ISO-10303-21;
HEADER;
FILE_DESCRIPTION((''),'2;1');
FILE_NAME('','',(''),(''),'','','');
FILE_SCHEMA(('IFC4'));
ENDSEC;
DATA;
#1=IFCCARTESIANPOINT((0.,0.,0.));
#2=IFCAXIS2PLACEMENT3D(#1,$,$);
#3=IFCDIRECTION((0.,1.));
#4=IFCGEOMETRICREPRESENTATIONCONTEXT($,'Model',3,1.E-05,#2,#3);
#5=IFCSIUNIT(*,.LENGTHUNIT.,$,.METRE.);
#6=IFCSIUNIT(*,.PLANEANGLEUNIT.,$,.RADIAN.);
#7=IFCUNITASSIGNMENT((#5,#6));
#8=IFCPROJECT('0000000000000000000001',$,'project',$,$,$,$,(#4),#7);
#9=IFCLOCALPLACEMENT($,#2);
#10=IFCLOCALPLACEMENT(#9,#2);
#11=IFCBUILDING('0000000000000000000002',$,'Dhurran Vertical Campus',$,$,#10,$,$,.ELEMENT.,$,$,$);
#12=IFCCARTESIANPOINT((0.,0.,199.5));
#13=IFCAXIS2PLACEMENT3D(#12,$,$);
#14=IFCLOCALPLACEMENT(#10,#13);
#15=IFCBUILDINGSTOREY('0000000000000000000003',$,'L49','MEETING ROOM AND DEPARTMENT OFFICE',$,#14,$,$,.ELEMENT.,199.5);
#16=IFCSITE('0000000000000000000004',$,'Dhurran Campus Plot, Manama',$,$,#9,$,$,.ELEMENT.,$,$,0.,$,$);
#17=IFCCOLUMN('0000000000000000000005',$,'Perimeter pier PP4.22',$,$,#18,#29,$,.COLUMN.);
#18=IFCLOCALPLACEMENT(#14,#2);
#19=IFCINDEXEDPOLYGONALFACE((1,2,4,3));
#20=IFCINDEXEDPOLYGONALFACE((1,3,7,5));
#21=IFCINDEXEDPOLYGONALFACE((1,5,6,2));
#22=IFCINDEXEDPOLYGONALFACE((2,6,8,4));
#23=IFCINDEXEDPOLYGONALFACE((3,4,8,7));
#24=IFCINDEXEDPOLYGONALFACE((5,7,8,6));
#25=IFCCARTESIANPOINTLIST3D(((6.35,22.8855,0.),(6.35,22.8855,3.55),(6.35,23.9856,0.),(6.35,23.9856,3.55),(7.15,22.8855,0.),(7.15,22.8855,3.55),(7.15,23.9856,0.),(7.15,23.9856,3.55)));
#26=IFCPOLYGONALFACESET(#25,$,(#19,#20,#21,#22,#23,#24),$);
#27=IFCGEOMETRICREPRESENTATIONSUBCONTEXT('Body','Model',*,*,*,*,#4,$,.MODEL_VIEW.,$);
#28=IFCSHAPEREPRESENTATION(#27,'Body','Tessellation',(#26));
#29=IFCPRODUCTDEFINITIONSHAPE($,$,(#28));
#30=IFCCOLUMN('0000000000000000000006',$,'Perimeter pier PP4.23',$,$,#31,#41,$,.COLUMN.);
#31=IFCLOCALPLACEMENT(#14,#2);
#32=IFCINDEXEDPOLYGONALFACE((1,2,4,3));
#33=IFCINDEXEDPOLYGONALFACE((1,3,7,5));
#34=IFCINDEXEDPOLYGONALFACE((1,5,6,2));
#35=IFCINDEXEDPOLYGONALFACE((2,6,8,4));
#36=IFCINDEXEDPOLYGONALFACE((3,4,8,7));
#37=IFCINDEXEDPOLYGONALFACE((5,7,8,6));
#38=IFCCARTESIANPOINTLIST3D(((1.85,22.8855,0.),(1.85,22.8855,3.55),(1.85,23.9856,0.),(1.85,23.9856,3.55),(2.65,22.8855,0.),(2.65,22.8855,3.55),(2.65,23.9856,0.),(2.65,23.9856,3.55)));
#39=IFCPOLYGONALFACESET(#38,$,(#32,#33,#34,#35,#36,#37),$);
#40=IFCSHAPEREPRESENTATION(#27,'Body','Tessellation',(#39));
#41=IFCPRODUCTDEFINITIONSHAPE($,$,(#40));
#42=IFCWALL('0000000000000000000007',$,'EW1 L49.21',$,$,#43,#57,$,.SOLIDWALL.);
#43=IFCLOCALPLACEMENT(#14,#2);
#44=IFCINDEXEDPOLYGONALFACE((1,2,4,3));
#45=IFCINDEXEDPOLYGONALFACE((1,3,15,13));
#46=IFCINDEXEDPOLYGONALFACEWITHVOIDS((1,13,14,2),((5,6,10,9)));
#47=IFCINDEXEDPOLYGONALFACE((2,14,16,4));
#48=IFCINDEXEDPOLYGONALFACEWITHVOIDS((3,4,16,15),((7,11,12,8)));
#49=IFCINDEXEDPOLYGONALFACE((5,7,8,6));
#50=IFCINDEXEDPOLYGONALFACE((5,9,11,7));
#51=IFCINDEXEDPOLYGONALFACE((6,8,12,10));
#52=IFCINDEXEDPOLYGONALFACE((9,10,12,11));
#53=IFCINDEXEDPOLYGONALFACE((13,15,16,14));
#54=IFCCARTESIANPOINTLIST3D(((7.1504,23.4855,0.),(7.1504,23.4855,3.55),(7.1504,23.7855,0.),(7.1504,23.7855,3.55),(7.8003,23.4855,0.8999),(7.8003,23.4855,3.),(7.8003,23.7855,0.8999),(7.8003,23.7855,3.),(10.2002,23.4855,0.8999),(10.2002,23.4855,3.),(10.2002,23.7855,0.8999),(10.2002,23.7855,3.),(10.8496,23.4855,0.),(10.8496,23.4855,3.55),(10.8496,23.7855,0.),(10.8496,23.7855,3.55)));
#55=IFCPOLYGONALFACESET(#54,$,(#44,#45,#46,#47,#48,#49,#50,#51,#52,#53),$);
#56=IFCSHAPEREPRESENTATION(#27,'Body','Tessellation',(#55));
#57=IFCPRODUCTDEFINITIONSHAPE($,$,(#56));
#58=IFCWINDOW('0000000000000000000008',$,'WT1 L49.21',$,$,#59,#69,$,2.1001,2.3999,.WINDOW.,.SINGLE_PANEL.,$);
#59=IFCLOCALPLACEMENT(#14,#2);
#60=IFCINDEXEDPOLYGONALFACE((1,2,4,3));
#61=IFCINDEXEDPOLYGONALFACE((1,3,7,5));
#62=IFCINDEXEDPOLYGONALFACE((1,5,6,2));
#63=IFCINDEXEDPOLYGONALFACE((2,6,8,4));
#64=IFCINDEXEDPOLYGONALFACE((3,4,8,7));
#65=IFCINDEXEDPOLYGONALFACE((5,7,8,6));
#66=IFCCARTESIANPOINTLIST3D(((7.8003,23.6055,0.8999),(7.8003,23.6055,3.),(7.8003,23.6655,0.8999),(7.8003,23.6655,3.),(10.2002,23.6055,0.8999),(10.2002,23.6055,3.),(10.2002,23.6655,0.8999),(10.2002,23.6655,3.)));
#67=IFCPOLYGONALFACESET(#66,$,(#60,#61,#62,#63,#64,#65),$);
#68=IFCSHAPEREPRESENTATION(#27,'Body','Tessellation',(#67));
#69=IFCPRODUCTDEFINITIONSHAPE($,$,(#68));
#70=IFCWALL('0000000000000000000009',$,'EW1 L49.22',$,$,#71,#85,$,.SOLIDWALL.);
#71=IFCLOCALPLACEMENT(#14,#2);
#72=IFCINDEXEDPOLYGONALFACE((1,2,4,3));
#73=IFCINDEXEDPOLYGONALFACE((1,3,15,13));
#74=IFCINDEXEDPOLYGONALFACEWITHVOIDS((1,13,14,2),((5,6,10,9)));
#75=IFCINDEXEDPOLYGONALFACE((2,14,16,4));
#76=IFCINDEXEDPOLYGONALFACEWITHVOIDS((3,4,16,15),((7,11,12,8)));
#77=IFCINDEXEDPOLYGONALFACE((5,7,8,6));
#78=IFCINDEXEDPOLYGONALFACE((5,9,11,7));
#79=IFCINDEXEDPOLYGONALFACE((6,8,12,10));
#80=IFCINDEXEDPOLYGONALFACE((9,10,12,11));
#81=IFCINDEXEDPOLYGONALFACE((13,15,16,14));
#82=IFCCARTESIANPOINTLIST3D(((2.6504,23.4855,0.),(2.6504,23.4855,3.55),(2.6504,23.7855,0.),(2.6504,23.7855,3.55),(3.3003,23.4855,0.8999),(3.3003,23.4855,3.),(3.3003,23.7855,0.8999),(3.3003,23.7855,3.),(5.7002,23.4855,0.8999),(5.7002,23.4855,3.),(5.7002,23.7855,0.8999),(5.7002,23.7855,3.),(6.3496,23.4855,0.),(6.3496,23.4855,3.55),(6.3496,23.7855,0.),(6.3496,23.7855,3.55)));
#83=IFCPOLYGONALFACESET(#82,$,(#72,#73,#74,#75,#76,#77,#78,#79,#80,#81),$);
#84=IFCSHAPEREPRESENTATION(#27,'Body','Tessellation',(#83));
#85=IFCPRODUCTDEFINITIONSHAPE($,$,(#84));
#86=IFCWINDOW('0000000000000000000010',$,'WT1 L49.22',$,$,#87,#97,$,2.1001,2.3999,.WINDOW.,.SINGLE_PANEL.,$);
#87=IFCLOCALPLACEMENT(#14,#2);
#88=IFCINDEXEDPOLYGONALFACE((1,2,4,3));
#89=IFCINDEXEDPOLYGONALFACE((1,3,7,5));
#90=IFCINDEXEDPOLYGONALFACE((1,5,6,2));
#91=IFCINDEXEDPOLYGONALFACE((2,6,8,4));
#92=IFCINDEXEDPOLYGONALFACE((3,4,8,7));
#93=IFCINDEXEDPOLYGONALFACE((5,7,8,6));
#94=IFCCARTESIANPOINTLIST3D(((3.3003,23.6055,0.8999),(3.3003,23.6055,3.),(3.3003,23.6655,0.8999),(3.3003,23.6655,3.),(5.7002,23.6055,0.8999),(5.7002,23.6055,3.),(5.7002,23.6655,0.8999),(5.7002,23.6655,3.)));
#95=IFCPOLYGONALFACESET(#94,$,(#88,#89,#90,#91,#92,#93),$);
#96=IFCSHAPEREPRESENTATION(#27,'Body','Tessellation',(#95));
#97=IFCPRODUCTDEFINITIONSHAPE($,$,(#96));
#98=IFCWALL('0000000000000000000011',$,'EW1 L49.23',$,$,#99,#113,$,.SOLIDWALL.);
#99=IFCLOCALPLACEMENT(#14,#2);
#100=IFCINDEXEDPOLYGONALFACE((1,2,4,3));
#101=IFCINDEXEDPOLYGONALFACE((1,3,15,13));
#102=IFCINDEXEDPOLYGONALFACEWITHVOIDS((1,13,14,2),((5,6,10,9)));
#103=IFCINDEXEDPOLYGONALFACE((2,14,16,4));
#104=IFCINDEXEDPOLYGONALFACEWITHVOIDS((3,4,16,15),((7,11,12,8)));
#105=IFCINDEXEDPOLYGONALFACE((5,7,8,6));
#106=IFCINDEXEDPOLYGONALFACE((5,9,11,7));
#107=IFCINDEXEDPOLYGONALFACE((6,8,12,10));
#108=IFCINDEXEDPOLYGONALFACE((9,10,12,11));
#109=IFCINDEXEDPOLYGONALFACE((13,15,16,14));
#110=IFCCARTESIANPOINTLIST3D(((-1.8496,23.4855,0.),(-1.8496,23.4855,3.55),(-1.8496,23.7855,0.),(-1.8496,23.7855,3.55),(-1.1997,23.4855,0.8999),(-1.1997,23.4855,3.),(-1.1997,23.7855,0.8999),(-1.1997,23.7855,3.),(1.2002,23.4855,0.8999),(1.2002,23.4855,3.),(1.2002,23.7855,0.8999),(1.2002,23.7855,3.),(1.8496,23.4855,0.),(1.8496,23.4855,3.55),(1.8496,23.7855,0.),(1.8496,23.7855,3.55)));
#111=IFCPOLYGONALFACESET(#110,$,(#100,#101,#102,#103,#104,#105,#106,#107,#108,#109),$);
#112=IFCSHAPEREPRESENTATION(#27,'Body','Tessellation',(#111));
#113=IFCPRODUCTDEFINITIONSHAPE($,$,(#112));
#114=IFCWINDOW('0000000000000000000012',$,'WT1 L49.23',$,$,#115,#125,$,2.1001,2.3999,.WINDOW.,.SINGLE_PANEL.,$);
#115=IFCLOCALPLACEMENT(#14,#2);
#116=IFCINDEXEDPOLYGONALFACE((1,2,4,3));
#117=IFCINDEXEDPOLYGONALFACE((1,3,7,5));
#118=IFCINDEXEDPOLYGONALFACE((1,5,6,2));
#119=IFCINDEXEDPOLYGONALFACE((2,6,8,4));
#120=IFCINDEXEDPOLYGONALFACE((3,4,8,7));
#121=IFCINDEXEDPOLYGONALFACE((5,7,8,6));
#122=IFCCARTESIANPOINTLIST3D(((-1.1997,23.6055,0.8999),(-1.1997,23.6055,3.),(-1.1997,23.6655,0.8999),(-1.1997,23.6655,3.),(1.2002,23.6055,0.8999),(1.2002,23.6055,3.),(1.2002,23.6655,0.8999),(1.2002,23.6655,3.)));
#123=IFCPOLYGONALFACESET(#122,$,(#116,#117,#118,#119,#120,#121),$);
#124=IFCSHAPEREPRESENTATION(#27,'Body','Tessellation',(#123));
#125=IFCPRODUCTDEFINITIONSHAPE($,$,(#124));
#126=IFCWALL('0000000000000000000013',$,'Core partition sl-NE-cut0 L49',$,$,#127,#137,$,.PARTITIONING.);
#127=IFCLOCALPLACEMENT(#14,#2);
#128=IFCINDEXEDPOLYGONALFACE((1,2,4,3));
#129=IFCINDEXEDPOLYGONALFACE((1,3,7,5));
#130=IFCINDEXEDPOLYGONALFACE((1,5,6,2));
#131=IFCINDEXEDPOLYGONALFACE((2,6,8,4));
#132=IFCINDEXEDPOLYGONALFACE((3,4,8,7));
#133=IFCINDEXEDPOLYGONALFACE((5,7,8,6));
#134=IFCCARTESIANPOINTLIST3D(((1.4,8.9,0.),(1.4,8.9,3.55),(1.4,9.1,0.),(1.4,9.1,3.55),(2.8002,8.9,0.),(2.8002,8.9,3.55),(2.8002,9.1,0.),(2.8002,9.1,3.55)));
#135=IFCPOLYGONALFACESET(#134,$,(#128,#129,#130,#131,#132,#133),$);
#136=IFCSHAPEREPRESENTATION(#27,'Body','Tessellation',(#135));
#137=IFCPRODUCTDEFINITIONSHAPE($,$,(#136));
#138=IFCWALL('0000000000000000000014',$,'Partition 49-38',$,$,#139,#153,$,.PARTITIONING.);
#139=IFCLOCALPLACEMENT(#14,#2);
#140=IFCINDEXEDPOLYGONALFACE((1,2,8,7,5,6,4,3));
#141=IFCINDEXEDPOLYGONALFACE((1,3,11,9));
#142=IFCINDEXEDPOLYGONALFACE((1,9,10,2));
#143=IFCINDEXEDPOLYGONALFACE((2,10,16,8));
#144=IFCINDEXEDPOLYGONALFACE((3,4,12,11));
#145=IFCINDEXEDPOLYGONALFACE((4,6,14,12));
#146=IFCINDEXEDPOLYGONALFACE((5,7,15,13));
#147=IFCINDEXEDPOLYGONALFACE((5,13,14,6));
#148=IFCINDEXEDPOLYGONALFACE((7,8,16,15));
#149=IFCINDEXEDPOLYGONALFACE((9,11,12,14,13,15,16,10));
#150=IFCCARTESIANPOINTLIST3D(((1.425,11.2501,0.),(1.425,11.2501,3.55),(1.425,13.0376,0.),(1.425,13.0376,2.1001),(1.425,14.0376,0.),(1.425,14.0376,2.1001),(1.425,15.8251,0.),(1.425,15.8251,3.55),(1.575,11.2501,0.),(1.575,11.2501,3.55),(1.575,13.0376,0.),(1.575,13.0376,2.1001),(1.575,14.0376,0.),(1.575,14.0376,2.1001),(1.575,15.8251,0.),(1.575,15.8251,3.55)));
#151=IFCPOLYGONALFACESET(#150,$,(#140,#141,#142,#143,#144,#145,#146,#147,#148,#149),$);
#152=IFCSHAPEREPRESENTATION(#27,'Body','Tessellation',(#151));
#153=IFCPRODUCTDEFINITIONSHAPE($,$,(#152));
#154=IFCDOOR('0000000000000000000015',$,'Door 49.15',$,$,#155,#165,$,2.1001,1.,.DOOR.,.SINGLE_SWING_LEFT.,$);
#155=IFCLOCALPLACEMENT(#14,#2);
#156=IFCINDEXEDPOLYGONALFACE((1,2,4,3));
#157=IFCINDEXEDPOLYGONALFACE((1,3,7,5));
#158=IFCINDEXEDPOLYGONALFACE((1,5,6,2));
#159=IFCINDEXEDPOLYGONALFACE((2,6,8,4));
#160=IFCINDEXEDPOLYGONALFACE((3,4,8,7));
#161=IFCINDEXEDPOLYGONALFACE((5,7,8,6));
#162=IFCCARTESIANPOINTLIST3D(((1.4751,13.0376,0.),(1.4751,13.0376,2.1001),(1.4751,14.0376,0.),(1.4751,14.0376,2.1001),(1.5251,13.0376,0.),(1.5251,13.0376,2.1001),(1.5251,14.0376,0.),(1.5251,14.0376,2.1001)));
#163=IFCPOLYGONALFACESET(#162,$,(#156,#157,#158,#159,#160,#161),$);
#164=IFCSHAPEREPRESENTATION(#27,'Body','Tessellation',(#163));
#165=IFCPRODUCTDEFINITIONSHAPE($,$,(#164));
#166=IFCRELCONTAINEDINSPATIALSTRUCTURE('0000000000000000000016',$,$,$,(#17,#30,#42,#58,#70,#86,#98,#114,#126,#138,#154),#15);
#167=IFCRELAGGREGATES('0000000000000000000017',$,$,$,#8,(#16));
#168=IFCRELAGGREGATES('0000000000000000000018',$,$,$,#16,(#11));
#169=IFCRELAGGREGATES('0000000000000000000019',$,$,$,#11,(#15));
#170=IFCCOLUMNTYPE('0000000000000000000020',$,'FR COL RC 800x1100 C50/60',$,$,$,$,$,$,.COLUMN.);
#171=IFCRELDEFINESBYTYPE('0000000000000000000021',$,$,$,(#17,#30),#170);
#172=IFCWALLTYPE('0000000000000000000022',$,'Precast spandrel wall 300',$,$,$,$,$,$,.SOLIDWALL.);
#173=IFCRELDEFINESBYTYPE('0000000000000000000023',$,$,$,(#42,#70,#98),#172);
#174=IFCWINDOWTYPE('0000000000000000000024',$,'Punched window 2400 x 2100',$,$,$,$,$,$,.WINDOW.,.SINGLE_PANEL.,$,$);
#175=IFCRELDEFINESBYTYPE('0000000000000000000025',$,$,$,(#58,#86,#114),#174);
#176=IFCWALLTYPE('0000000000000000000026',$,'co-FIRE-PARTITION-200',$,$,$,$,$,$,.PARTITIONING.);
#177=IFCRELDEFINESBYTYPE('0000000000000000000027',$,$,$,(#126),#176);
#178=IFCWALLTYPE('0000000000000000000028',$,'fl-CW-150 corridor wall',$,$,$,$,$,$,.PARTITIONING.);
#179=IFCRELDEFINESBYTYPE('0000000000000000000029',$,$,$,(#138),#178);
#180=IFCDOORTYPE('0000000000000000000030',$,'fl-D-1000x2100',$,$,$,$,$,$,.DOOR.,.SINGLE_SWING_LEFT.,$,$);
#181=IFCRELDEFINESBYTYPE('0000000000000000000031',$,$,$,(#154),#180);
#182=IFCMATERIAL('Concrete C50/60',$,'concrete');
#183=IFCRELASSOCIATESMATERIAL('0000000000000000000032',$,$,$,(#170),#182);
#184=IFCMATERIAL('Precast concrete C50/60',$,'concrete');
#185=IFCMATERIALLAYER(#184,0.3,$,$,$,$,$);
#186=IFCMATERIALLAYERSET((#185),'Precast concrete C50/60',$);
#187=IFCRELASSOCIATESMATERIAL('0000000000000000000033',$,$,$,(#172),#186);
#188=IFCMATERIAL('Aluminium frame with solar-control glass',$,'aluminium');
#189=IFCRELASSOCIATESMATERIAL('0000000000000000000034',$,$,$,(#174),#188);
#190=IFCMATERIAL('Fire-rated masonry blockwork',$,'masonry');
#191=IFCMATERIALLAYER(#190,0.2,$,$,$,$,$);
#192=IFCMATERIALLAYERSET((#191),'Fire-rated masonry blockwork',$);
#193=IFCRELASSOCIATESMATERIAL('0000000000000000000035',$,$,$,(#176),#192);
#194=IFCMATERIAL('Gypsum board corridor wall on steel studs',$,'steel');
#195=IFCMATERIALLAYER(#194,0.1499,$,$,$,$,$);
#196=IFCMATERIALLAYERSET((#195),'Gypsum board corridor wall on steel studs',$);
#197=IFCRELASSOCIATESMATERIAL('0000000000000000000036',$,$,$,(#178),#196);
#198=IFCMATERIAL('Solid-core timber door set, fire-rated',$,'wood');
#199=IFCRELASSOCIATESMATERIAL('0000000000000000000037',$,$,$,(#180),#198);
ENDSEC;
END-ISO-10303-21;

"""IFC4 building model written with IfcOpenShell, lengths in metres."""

from ifc_helpers import new_model, si_unit, direction, frame, frame_2d, origin, origin_2d, place, context, subcontext, project, spatial, rectangle, extrude, material, layer, layer_set, material_profile, profile_set, type_object, element, fill, save


model = new_model("IFC4")

# Units and contexts
model_context = context("Model", 3, precision=1e-05, world=origin(), true_north=direction((0.0, 1.0)))
body_context = subcontext(model_context, "Body", "Model", "MODEL_VIEW")
ifc_project = project(units=[si_unit("LENGTHUNIT", "METRE"), si_unit("PLANEANGLEUNIT", "RADIAN")], contexts=[model_context])

# Site, building, storey
site_placement = place(None, origin())
site = spatial("IfcSite", under=ifc_project, at=site_placement, Name="Dhurran Campus Plot, Manama", CompositionType="ELEMENT", RefElevation=0.0)
building_placement = place(site_placement, origin())
building = spatial("IfcBuilding", under=site, at=building_placement, Name="Dhurran Vertical Campus", CompositionType="ELEMENT")
storey_placement = place(building_placement, frame((0.0, 0.0, 199.5)))
storey = spatial("IfcBuildingStorey", under=building, at=storey_placement, Name="L49", Description="MEETING ROOM AND DEPARTMENT OFFICE", CompositionType="ELEMENT", Elevation=199.5)

# Columns
ifc_material_1 = material(Name="Concrete C50/60", Category="concrete")
ifc_material_profile = material_profile(ifc_material_1, rectangle(XDim=0.8, YDim=1.1001, at=origin_2d()), Name="RC 800x1100")
ifc_profile_set = profile_set([ifc_material_profile], Name="Concrete C50/60")
column_type = type_object("IfcColumnType", Name="FR COL RC 800x1100 C50/60", PredefinedType="COLUMN", material=ifc_profile_set)
for number, where, z_axis, x_axis, name in (
    (1, (6.75, 23.4355, 0.0), (0.0, 0.0, 1.0), (-1.0, 0.0, 0.0), "Perimeter pier PP4.22"),
    (2, (2.25, 23.4355, 0.0), (0.0, 0.0, 1.0), (-1.0, 0.0, 0.0), "Perimeter pier PP4.23"),
):
    element("IfcColumn", number, at=place(storey_placement, frame(where, z_axis=z_axis, x_axis=x_axis)), inside=storey, type_object=column_type, Name=name, PredefinedType="COLUMN", context=body_context, shape_type="SweptSolid", body=[
        extrude(rectangle(XDim=0.8, YDim=1.1001, at=origin_2d()), origin(), (0.0, 0.0, 1.0), 3.55),
    ])

# Walls, openings, windows
ifc_material_2 = material(Name="Precast concrete C50/60", Category="concrete")
ifc_layer_1 = layer(ifc_material_2, 0.3)
ifc_layer_set_1 = layer_set([ifc_layer_1], Name="Precast concrete C50/60")
wall_type_1 = type_object("IfcWallType", Name="Precast spandrel wall 300", PredefinedType="SOLIDWALL", material=ifc_layer_set_1)
wall_1_placement = place(storey_placement, frame((10.8496, 23.6355, 0.0), z_axis=(0.0, 0.0, 1.0), x_axis=(-1.0, 0.0, 0.0)))
wall_1 = element("IfcWall", 3, at=wall_1_placement, inside=storey, type_object=wall_type_1, Name="EW1 L49.21", PredefinedType="SOLIDWALL", context=body_context, shape_type="SweptSolid", body=[
    extrude(rectangle(XDim=3.6992, YDim=0.3, at=frame_2d((1.8496, 0.0))), origin(), (0.0, 0.0, 1.0), 3.55),
])
opening_1_placement = place(wall_1_placement, frame((0.6494, 0.0, 0.8999)))
opening_1 = element("IfcOpeningElement", 4, at=opening_1_placement, cuts=wall_1, PredefinedType="OPENING", context=body_context, shape_type="SweptSolid", body=[
    extrude(rectangle(XDim=2.3999, YDim=2.1001, at=frame_2d((1.2, 1.05))), frame((0.0, 0.1599, 0.0), z_axis=(0.0, -1.0, 0.0), x_axis=(1.0, 0.0, 0.0)), (0.0, 0.0, 1.0), 0.3201),
])
ifc_material_3 = material(Name="Aluminium frame with solar-control glass", Category="aluminium")
window_type = type_object("IfcWindowType", Name="Punched window 2400 x 2100", PartitioningType="SINGLE_PANEL", PredefinedType="WINDOW", material=ifc_material_3)
window_1_placement = place(opening_1_placement, origin())
window_1 = element("IfcWindow", 5, at=window_1_placement, inside=storey, type_object=window_type, Name="WT1 L49.21", OverallHeight=2.1001, OverallWidth=2.3999, PartitioningType="SINGLE_PANEL", PredefinedType="WINDOW", context=body_context, shape_type="SweptSolid", body=[
    extrude(rectangle(XDim=2.3999, YDim=2.1001, at=frame_2d((1.2, 1.05))), frame((0.0, 0.03, 0.0), z_axis=(0.0, -1.0, 0.0), x_axis=(1.0, 0.0, 0.0)), (0.0, 0.0, 1.0), 0.0601),
])
fill(opening_1, window_1)
wall_2_placement = place(storey_placement, frame((6.3496, 23.6355, 0.0), z_axis=(0.0, 0.0, 1.0), x_axis=(-1.0, 0.0, 0.0)))
wall_2 = element("IfcWall", 6, at=wall_2_placement, inside=storey, type_object=wall_type_1, Name="EW1 L49.22", PredefinedType="SOLIDWALL", context=body_context, shape_type="SweptSolid", body=[
    extrude(rectangle(XDim=3.6992, YDim=0.3, at=frame_2d((1.8496, 0.0))), origin(), (0.0, 0.0, 1.0), 3.55),
])
opening_2_placement = place(wall_2_placement, frame((0.6494, 0.0, 0.8999)))
opening_2 = element("IfcOpeningElement", 7, at=opening_2_placement, cuts=wall_2, PredefinedType="OPENING", context=body_context, shape_type="SweptSolid", body=[
    extrude(rectangle(XDim=2.3999, YDim=2.1001, at=frame_2d((1.2, 1.05))), frame((0.0, 0.1599, 0.0), z_axis=(0.0, -1.0, 0.0), x_axis=(1.0, 0.0, 0.0)), (0.0, 0.0, 1.0), 0.3201),
])
window_2_placement = place(opening_2_placement, origin())
window_2 = element("IfcWindow", 8, at=window_2_placement, inside=storey, type_object=window_type, Name="WT1 L49.22", OverallHeight=2.1001, OverallWidth=2.3999, PartitioningType="SINGLE_PANEL", PredefinedType="WINDOW", context=body_context, shape_type="SweptSolid", body=[
    extrude(rectangle(XDim=2.3999, YDim=2.1001, at=frame_2d((1.2, 1.05))), frame((0.0, 0.03, 0.0), z_axis=(0.0, -1.0, 0.0), x_axis=(1.0, 0.0, 0.0)), (0.0, 0.0, 1.0), 0.0601),
])
fill(opening_2, window_2)
wall_3_placement = place(storey_placement, frame((1.8496, 23.6355, 0.0), z_axis=(0.0, 0.0, 1.0), x_axis=(-1.0, 0.0, 0.0)))
wall_3 = element("IfcWall", 9, at=wall_3_placement, inside=storey, type_object=wall_type_1, Name="EW1 L49.23", PredefinedType="SOLIDWALL", context=body_context, shape_type="SweptSolid", body=[
    extrude(rectangle(XDim=3.6992, YDim=0.3, at=frame_2d((1.8496, 0.0))), origin(), (0.0, 0.0, 1.0), 3.55),
])
opening_3_placement = place(wall_3_placement, frame((0.6494, 0.0, 0.8999)))
opening_3 = element("IfcOpeningElement", 10, at=opening_3_placement, cuts=wall_3, PredefinedType="OPENING", context=body_context, shape_type="SweptSolid", body=[
    extrude(rectangle(XDim=2.3999, YDim=2.1001, at=frame_2d((1.2, 1.05))), frame((0.0, 0.1599, 0.0), z_axis=(0.0, -1.0, 0.0), x_axis=(1.0, 0.0, 0.0)), (0.0, 0.0, 1.0), 0.3201),
])
window_3_placement = place(opening_3_placement, origin())
window_3 = element("IfcWindow", 11, at=window_3_placement, inside=storey, type_object=window_type, Name="WT1 L49.23", OverallHeight=2.1001, OverallWidth=2.3999, PartitioningType="SINGLE_PANEL", PredefinedType="WINDOW", context=body_context, shape_type="SweptSolid", body=[
    extrude(rectangle(XDim=2.3999, YDim=2.1001, at=frame_2d((1.2, 1.05))), frame((0.0, 0.03, 0.0), z_axis=(0.0, -1.0, 0.0), x_axis=(1.0, 0.0, 0.0)), (0.0, 0.0, 1.0), 0.0601),
])
fill(opening_3, window_3)

# Wall
ifc_material_4 = material(Name="Fire-rated masonry blockwork", Category="masonry")
ifc_layer_2 = layer(ifc_material_4, 0.2)
ifc_layer_set_2 = layer_set([ifc_layer_2], Name="Fire-rated masonry blockwork")
wall_type_2 = type_object("IfcWallType", Name="co-FIRE-PARTITION-200", PredefinedType="PARTITIONING", material=ifc_layer_set_2)
wall_4_placement = place(storey_placement, frame((1.3999, 9.0, 0.0), z_axis=(0.0, 0.0, 1.0), x_axis=(1.0, 0.0, 0.0)))
element("IfcWall", 12, at=wall_4_placement, inside=storey, type_object=wall_type_2, Name="Core partition sl-NE-cut0 L49", PredefinedType="PARTITIONING", context=body_context, shape_type="SweptSolid", body=[
    extrude(rectangle(XDim=1.4001, YDim=0.2, at=frame_2d((0.7002, 0.0))), origin(), (0.0, 0.0, 1.0), 3.55),
])

# Wall, opening, door
ifc_material_5 = material(Name="Gypsum board corridor wall on steel studs", Category="steel")
ifc_layer_3 = layer(ifc_material_5, 0.1499)
ifc_layer_set_3 = layer_set([ifc_layer_3], Name="Gypsum board corridor wall on steel studs")
wall_type_3 = type_object("IfcWallType", Name="fl-CW-150 corridor wall", PredefinedType="PARTITIONING", material=ifc_layer_set_3)
wall_5_placement = place(storey_placement, frame((1.5, 11.25, 0.0), z_axis=(0.0, 0.0, 1.0), x_axis=(0.0, 1.0, 0.0)))
wall_5 = element("IfcWall", 13, at=wall_5_placement, inside=storey, type_object=wall_type_3, Name="Partition 49-38", PredefinedType="PARTITIONING", context=body_context, shape_type="SweptSolid", body=[
    extrude(rectangle(XDim=4.575, YDim=0.1499, at=frame_2d((2.2876, 0.0))), origin(), (0.0, 0.0, 1.0), 3.55),
])
opening_4_placement = place(wall_5_placement, frame((1.7876, 0.0, 0.0)))
opening_4 = element("IfcOpeningElement", 14, at=opening_4_placement, cuts=wall_5, PredefinedType="OPENING", context=body_context, shape_type="SweptSolid", body=[
    extrude(rectangle(XDim=1.0, YDim=2.1001, at=frame_2d((0.5, 1.05))), frame((0.0, 0.085, 0.0), z_axis=(0.0, -1.0, 0.0), x_axis=(1.0, 0.0, 0.0)), (0.0, 0.0, 1.0), 0.1699),
])
ifc_material_6 = material(Name="Solid-core timber door set, fire-rated", Category="wood")
door_type = type_object("IfcDoorType", Name="fl-D-1000x2100", OperationType="SINGLE_SWING_LEFT", PredefinedType="DOOR", material=ifc_material_6)
door_1_placement = place(opening_4_placement, origin())
door_1 = element("IfcDoor", 15, at=door_1_placement, inside=storey, type_object=door_type, Name="Door 49.15", OperationType="SINGLE_SWING_LEFT", OverallHeight=2.1001, OverallWidth=1.0, PredefinedType="DOOR", context=body_context, shape_type="SweptSolid", body=[
    extrude(rectangle(XDim=1.0, YDim=2.1001, at=frame_2d((0.5, 1.05))), frame((0.0, 0.0249, 0.0), z_axis=(0.0, -1.0, 0.0), x_axis=(1.0, 0.0, 0.0)), (0.0, 0.0, 1.0), 0.05),
])
fill(opening_4, door_1)

save(model, "model.ifc")
